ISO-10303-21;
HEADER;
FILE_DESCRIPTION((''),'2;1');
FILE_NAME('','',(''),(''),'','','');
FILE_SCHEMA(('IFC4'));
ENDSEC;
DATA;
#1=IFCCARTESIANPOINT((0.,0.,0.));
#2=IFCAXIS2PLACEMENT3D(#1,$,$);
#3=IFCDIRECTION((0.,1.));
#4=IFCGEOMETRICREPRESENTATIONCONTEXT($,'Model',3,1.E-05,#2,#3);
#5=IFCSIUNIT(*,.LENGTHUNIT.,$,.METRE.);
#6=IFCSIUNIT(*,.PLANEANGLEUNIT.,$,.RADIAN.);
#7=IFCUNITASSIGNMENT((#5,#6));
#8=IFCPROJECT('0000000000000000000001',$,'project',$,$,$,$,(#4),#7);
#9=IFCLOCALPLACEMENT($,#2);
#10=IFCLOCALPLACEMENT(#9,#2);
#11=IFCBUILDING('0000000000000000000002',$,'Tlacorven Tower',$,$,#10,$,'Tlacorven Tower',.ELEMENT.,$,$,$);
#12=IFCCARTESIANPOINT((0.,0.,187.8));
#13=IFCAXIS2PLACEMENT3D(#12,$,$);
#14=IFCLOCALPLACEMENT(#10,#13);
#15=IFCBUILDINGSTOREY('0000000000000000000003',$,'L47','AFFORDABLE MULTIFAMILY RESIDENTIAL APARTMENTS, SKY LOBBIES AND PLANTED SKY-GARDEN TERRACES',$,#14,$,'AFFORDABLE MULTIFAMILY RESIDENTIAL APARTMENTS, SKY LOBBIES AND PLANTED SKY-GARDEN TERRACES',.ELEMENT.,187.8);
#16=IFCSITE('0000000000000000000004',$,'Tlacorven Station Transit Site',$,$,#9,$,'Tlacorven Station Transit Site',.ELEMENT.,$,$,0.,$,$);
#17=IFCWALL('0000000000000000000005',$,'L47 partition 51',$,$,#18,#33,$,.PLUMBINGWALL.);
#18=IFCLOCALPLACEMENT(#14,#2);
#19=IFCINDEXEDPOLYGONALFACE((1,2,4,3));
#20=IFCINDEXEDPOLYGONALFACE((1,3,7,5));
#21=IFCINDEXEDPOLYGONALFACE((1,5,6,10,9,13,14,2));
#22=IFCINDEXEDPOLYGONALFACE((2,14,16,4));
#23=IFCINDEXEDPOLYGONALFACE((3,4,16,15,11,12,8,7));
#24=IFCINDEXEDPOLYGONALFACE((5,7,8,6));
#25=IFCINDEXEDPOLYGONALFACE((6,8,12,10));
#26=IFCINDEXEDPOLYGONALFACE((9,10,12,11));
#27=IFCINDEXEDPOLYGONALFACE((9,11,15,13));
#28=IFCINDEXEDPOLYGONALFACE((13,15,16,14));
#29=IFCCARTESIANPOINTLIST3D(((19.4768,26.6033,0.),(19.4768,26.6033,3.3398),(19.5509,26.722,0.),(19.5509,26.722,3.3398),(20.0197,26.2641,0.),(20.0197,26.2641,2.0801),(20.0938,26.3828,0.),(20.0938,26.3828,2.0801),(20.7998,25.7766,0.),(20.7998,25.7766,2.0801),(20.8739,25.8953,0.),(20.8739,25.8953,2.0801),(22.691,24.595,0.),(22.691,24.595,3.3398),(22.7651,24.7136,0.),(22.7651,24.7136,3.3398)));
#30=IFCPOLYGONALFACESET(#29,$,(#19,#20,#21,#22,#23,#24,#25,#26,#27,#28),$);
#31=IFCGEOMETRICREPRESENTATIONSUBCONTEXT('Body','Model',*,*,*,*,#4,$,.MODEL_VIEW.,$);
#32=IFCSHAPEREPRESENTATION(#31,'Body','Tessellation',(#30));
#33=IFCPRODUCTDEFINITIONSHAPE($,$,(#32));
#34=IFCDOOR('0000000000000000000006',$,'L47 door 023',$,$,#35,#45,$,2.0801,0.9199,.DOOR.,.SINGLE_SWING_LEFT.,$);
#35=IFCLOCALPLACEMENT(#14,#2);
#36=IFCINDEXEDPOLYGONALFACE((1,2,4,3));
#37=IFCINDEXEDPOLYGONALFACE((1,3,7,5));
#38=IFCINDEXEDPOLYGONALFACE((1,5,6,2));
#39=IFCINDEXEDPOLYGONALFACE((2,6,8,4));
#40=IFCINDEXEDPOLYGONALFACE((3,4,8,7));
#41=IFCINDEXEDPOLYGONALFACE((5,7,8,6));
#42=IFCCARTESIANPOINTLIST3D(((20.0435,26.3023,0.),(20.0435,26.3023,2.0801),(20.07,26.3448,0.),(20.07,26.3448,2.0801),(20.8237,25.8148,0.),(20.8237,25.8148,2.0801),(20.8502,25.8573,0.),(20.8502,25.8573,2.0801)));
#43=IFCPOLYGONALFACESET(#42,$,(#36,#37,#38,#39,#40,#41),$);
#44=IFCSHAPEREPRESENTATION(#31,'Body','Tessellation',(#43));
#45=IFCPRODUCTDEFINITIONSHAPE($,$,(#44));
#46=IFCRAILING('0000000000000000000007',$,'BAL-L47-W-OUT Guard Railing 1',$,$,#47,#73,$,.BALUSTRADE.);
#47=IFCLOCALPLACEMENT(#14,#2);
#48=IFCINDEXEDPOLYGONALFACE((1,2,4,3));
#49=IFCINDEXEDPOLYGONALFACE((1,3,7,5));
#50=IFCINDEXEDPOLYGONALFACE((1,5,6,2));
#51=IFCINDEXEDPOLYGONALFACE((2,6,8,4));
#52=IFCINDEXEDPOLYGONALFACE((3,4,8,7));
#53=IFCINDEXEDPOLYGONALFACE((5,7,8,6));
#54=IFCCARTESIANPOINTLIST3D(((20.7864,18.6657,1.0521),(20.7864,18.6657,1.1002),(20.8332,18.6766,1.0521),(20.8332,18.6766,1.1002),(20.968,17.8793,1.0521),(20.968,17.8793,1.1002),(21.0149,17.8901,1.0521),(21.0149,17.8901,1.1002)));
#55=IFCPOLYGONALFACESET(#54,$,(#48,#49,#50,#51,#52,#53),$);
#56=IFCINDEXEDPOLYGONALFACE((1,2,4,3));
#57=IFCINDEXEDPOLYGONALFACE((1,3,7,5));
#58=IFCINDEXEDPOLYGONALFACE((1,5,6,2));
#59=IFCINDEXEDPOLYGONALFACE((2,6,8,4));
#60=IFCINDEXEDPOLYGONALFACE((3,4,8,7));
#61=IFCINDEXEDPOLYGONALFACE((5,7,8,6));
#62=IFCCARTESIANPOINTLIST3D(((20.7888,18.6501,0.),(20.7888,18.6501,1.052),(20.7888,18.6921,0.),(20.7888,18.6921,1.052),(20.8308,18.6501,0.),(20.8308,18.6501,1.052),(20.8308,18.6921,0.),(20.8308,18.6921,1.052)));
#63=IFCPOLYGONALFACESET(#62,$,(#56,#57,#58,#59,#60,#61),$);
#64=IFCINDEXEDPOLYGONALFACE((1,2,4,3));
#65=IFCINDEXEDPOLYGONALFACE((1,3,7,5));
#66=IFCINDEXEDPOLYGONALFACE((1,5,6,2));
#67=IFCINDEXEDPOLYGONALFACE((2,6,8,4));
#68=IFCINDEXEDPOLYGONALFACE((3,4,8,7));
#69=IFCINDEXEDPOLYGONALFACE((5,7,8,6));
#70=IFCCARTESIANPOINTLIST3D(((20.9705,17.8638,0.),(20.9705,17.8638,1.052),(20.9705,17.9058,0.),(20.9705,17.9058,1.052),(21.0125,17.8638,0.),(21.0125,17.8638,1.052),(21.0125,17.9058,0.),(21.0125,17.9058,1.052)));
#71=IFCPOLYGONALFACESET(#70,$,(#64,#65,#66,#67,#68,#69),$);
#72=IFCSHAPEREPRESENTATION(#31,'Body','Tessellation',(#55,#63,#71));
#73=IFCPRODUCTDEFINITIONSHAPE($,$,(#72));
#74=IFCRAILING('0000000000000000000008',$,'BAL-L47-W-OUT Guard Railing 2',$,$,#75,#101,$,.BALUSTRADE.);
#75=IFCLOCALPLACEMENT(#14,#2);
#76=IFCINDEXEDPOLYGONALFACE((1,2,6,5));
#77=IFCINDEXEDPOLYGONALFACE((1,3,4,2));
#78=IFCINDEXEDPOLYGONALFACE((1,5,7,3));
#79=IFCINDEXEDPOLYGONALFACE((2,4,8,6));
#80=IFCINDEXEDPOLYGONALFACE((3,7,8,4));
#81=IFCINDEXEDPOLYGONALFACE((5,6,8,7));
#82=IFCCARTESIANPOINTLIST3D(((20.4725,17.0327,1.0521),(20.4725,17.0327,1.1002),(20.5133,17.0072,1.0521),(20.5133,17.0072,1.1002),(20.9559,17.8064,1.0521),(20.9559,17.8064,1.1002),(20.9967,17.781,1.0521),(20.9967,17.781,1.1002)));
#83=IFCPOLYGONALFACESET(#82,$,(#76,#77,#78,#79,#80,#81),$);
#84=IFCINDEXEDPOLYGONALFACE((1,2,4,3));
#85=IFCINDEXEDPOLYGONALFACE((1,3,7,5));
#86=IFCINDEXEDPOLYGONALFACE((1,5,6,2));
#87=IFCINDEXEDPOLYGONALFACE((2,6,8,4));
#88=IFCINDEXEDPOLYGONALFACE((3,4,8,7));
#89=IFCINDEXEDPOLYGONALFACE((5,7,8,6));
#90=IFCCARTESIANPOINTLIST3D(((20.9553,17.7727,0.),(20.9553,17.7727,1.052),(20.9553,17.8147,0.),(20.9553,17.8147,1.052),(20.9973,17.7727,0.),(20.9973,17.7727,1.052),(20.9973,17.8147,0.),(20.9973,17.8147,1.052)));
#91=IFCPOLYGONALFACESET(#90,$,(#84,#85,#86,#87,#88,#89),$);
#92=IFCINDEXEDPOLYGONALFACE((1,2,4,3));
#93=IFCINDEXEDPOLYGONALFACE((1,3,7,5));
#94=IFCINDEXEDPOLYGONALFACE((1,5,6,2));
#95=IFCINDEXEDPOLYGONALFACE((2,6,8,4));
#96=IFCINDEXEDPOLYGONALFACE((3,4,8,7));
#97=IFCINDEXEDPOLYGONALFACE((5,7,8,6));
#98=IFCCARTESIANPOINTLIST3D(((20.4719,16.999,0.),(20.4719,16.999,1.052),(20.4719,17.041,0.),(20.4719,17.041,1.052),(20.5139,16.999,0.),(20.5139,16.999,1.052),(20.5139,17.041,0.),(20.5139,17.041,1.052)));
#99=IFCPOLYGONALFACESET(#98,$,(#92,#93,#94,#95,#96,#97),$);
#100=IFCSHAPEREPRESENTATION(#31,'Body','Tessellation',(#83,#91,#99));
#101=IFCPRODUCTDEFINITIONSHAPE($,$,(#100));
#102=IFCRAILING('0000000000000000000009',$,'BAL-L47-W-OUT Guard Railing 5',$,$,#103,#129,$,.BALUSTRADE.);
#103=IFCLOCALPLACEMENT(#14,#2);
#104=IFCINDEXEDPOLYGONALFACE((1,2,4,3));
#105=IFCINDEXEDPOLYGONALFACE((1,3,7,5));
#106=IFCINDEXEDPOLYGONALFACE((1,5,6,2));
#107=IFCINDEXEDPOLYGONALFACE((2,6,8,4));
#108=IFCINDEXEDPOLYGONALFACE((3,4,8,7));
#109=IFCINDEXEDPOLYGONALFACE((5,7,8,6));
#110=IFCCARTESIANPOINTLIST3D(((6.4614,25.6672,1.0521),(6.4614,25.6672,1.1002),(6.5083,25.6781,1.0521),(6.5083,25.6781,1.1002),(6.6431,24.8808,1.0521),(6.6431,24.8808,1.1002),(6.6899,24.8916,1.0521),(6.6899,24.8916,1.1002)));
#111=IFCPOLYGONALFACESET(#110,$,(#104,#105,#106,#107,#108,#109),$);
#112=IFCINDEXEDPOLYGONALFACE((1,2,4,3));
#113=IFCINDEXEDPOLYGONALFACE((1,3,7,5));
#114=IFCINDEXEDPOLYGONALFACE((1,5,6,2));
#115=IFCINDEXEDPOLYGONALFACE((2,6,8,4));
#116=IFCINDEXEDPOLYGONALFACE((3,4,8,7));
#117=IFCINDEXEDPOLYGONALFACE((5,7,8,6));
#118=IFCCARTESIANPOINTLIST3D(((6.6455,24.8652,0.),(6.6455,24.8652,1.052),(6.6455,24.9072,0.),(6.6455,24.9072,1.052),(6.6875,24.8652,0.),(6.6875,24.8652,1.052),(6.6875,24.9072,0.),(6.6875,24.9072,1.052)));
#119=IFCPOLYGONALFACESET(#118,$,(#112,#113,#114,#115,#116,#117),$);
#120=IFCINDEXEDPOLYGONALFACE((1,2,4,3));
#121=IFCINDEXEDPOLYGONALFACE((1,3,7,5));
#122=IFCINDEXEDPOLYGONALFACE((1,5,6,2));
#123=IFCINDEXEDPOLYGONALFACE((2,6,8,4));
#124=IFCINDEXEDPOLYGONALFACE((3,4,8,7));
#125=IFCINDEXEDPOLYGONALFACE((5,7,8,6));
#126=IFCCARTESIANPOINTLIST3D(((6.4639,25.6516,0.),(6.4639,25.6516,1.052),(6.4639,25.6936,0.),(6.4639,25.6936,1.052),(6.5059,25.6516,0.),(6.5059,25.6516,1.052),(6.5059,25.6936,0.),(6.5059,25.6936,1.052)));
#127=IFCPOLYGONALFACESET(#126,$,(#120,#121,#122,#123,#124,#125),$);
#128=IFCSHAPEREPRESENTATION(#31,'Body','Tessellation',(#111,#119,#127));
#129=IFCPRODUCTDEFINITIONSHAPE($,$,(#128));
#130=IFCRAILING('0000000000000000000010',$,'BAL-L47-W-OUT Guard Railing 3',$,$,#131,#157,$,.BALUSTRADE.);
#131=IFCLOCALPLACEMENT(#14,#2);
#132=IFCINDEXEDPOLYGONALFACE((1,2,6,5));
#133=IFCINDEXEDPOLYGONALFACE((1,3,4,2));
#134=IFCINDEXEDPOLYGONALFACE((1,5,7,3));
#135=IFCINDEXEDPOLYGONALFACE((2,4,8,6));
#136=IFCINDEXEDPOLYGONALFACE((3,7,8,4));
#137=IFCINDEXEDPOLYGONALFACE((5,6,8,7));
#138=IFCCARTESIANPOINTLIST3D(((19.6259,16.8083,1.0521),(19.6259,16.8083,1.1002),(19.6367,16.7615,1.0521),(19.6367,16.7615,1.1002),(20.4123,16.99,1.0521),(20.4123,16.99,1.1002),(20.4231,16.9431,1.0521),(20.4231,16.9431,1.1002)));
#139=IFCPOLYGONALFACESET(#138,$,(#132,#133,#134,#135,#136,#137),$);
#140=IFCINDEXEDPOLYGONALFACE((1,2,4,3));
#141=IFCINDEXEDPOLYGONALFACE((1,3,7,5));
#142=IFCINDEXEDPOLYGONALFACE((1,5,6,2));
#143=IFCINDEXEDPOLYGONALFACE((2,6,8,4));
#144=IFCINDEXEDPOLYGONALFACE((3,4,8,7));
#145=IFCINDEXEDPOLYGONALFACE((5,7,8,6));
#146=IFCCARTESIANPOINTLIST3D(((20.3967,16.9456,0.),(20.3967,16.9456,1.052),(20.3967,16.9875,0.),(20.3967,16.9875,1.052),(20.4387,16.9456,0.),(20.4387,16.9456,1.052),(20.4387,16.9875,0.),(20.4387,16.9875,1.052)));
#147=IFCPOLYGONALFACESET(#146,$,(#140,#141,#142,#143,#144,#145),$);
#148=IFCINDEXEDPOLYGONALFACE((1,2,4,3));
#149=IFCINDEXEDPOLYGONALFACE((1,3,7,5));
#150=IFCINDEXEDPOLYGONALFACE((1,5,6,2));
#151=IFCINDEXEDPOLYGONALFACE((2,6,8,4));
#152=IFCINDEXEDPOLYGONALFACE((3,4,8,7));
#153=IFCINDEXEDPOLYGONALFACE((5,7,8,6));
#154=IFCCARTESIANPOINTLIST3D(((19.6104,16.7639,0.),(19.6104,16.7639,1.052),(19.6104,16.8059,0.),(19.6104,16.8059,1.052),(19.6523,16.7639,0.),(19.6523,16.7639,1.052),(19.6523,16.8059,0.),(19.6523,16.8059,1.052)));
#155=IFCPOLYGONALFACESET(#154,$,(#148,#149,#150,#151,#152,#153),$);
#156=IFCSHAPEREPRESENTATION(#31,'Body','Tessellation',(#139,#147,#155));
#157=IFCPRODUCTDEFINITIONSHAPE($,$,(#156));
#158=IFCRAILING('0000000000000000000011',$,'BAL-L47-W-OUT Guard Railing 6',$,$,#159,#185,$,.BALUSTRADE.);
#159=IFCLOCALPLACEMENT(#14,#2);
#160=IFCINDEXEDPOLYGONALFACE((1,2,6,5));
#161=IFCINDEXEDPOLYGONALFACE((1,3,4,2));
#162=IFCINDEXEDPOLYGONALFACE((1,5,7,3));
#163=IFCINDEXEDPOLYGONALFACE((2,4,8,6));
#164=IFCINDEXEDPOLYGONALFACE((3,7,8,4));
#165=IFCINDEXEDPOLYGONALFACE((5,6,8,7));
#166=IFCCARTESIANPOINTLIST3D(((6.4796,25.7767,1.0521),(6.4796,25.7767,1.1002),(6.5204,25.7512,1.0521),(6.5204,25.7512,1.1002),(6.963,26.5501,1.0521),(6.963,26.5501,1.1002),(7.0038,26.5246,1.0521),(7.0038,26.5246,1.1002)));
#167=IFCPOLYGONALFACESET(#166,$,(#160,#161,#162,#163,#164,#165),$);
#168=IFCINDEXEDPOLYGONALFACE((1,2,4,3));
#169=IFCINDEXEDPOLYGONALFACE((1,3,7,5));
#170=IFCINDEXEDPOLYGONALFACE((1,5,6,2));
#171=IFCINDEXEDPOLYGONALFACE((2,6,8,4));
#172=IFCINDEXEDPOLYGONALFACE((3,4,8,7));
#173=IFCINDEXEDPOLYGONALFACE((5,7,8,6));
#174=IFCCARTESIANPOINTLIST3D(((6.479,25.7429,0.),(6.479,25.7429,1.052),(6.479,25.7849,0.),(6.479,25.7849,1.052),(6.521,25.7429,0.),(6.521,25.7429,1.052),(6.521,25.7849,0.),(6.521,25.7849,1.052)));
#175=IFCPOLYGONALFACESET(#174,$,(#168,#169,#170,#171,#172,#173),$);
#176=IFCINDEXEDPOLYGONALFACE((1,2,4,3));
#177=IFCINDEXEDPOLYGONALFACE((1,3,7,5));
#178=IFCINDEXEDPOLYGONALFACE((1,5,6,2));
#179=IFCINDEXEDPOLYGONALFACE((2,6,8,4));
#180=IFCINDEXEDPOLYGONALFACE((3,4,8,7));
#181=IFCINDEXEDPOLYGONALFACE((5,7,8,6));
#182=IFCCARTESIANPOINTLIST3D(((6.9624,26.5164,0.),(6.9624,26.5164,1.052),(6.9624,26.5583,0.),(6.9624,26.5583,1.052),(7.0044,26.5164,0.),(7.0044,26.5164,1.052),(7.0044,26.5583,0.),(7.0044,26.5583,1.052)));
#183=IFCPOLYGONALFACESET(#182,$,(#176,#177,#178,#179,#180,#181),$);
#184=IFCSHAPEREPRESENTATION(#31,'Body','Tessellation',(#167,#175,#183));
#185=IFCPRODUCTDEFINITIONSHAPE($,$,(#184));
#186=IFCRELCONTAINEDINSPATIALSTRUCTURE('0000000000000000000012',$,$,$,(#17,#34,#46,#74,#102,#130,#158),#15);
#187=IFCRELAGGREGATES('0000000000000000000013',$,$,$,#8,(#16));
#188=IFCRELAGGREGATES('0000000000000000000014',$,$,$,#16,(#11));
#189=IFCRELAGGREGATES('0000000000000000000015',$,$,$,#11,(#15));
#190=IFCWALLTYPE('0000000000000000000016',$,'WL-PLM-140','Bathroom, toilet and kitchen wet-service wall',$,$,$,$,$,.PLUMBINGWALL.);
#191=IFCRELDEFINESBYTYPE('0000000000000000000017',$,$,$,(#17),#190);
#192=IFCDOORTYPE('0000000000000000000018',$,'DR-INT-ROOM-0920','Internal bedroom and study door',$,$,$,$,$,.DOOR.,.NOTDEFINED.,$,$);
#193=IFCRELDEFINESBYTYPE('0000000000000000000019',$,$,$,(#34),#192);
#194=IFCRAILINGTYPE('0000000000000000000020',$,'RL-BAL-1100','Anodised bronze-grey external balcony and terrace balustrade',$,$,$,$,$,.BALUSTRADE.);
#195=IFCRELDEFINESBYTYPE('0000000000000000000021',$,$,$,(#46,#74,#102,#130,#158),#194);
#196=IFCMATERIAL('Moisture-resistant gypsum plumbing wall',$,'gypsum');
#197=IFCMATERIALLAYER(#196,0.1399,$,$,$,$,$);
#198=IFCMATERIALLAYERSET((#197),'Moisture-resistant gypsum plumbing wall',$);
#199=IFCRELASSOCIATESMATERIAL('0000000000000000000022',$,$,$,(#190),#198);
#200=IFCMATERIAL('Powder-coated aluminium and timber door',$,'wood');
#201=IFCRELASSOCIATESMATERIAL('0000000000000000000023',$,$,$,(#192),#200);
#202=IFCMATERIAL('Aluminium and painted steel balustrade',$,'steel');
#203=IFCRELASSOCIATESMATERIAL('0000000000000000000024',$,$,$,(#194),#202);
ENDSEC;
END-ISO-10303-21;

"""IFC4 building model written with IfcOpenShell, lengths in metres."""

from ifc_helpers import new_model, si_unit, direction, frame, frame_2d, origin, origin_2d, place, context, subcontext, project, spatial, rectangle, extrude, source, transform, mapped, material, layer, layer_set, type_object, element, fill, save


model = new_model("IFC4")

# Units and contexts
model_context = context("Model", 3, precision=1e-05, world=origin(), true_north=direction((0.0, 1.0)))
body_context = subcontext(model_context, "Body", "Model", "MODEL_VIEW")
ifc_project = project(units=[si_unit("LENGTHUNIT", "METRE"), si_unit("PLANEANGLEUNIT", "RADIAN")], contexts=[model_context])

# Site, building, storey
site_placement = place(None, origin())
site = spatial("IfcSite", under=ifc_project, at=site_placement, Name="Tlacorven Station Transit Site", LongName="Tlacorven Station Transit Site", CompositionType="ELEMENT", RefElevation=0.0)
building_placement = place(site_placement, origin())
building = spatial("IfcBuilding", under=site, at=building_placement, Name="Tlacorven Tower", LongName="Tlacorven Tower", CompositionType="ELEMENT")
storey_placement = place(building_placement, frame((0.0, 0.0, 187.8)))
storey = spatial("IfcBuildingStorey", under=building, at=storey_placement, Name="L47", Description="AFFORDABLE MULTIFAMILY RESIDENTIAL APARTMENTS, SKY LOBBIES AND PLANTED SKY-GARDEN TERRACES", LongName="AFFORDABLE MULTIFAMILY RESIDENTIAL APARTMENTS, SKY LOBBIES AND PLANTED SKY-GARDEN TERRACES", CompositionType="ELEMENT", Elevation=187.8)

# Wall, opening, door
ifc_material_1 = material(Name="Moisture-resistant gypsum plumbing wall", Category="gypsum")
ifc_layer_1 = layer(ifc_material_1, 0.1399)
ifc_layer_set_1 = layer_set([ifc_layer_1], Name="Moisture-resistant gypsum plumbing wall")
wall_type = type_object("IfcWallType", Name="WL-PLM-140", Description="Bathroom, toilet and kitchen wet-service wall", PredefinedType="PLUMBINGWALL", material=ifc_layer_set_1)
wall_placement = place(storey_placement, frame((22.728, 24.6543, 0.0), z_axis=(0.0, 0.0, 1.0), x_axis=(-0.84806, 0.529901, 0.0)))
wall = element("IfcWall", 1, at=wall_placement, inside=storey, type_object=wall_type, Name="L47 partition 51", PredefinedType="PLUMBINGWALL", context=body_context, shape_type="SweptSolid", body=[
    extrude(rectangle(XDim=3.79, YDim=0.1399, at=frame_2d((1.895, 0.0))), origin(), (0.0, 0.0, 1.0), 3.3398),
])
opening_placement = place(wall_placement, frame((2.23, 0.0, 0.0)))
opening = element("IfcOpeningElement", 2, at=opening_placement, cuts=wall, PredefinedType="OPENING", context=body_context, shape_type="SweptSolid", body=[
    extrude(rectangle(XDim=0.9199, YDim=2.0801, at=frame_2d((0.46, 1.04))), frame((0.0, 0.0801, 0.0), z_axis=(0.0, -1.0, 0.0), x_axis=(1.0, 0.0, 0.0)), (0.0, 0.0, 1.0), 0.1599),
])
ifc_material_2 = material(Name="Powder-coated aluminium and timber door", Category="wood")
door_type = type_object("IfcDoorType", Name="DR-INT-ROOM-0920", Description="Internal bedroom and study door", OperationType="NOTDEFINED", PredefinedType="DOOR", material=ifc_material_2)
shared_shape_1 = source(origin(), body_context, "Body", "SweptSolid", [
    extrude(rectangle(XDim=0.9199, YDim=2.0801, at=frame_2d((0.46, 1.04))), frame((0.0, 0.0249, 0.0), z_axis=(0.0, -1.0, 0.0), x_axis=(1.0, 0.0, 0.0)), (0.0, 0.0, 1.0), 0.05),
])
door_placement = place(opening_placement, origin())
door = element("IfcDoor", 3, at=door_placement, inside=storey, type_object=door_type, Name="L47 door 023", OperationType="SINGLE_SWING_LEFT", OverallHeight=2.0801, OverallWidth=0.9199, PredefinedType="DOOR", context=body_context, shape_type="MappedRepresentation", body=[
    mapped(shared_shape_1, transform((0.0, 0.0, 0.0), scale=1.0)),
])
fill(opening, door)

# Railings
ifc_material_3 = material(Name="Aluminium and painted steel balustrade", Category="steel")
railing_type = type_object("IfcRailingType", Name="RL-BAL-1100", Description="Anodised bronze-grey external balcony and terrace balustrade", PredefinedType="BALUSTRADE", material=ifc_material_3)
shared_shape_2 = source(origin(), body_context, "Body", "SweptSolid", [
    extrude(rectangle(XDim=0.0481, YDim=0.0481, at=origin_2d()), frame((0.0, 0.0, 1.0762), z_axis=(0.225058, -0.974345, 0.0), x_axis=(0.974345, 0.225058, 0.0)), (0.0, 0.0, 1.0), 0.8071),
    extrude(rectangle(XDim=0.042, YDim=0.042, at=origin_2d()), origin(), (0.0, 0.0, 1.0), 1.052),
    extrude(rectangle(XDim=0.042, YDim=0.042, at=origin_2d()), frame((0.1816, -0.7864, 0.0)), (0.0, 0.0, 1.0), 1.052),
])
railing_1_placement = place(storey_placement, frame((20.8098, 18.6711, 0.0)))
element("IfcRailing", 4, at=railing_1_placement, inside=storey, type_object=railing_type, Name="BAL-L47-W-OUT Guard Railing 1", PredefinedType="BALUSTRADE", context=body_context, shape_type="MappedRepresentation", body=[
    mapped(shared_shape_2, transform((0.0, 0.0, 0.0), scale=1.0)),
])
shared_shape_3 = source(origin(), body_context, "Body", "SweptSolid", [
    extrude(rectangle(XDim=0.0481, YDim=0.0481, at=origin_2d()), frame((0.0, 0.0, 1.0762), z_axis=(-0.529879, -0.848073, 0.0), x_axis=(0.848073, -0.529879, 0.0)), (0.0, 0.0, 1.0), 0.9124),
    extrude(rectangle(XDim=0.042, YDim=0.042, at=origin_2d()), origin(), (0.0, 0.0, 1.0), 1.052),
    extrude(rectangle(XDim=0.042, YDim=0.042, at=origin_2d()), frame((-0.4834, -0.7737, 0.0)), (0.0, 0.0, 1.0), 1.052),
])
railing_2_placement = place(storey_placement, frame((20.9763, 17.7937, 0.0)))
element("IfcRailing", 5, at=railing_2_placement, inside=storey, type_object=railing_type, Name="BAL-L47-W-OUT Guard Railing 2", PredefinedType="BALUSTRADE", context=body_context, shape_type="MappedRepresentation", body=[
    mapped(shared_shape_3, transform((0.0, 0.0, 0.0), scale=1.0)),
])
shared_shape_4 = source(origin(), body_context, "Body", "SweptSolid", [
    extrude(rectangle(XDim=0.0481, YDim=0.0481, at=origin_2d()), frame((0.0, 0.0, 1.0762), z_axis=(-0.225058, 0.974345, 0.0), x_axis=(-0.974345, -0.225058, 0.0)), (0.0, 0.0, 1.0), 0.8071),
    extrude(rectangle(XDim=0.042, YDim=0.042, at=origin_2d()), origin(), (0.0, 0.0, 1.0), 1.052),
    extrude(rectangle(XDim=0.042, YDim=0.042, at=origin_2d()), frame((-0.1816, 0.7864, 0.0)), (0.0, 0.0, 1.0), 1.052),
])
railing_3_placement = place(storey_placement, frame((6.6665, 24.8862, 0.0)))
element("IfcRailing", 6, at=railing_3_placement, inside=storey, type_object=railing_type, Name="BAL-L47-W-OUT Guard Railing 5", PredefinedType="BALUSTRADE", context=body_context, shape_type="MappedRepresentation", body=[
    mapped(shared_shape_4, transform((0.0, 0.0, 0.0), scale=1.0)),
])
shared_shape_5 = source(origin(), body_context, "Body", "SweptSolid", [
    extrude(rectangle(XDim=0.0481, YDim=0.0481, at=origin_2d()), frame((0.0, 0.0, 1.0762), z_axis=(-0.974345, -0.225058, 0.0), x_axis=(0.225058, -0.974345, 0.0)), (0.0, 0.0, 1.0), 0.8071),
    extrude(rectangle(XDim=0.042, YDim=0.042, at=origin_2d()), origin(), (0.0, 0.0, 1.0), 1.052),
    extrude(rectangle(XDim=0.042, YDim=0.042, at=origin_2d()), frame((-0.7864, -0.1816, 0.0)), (0.0, 0.0, 1.0), 1.052),
])
railing_4_placement = place(storey_placement, frame((20.4177, 16.9666, 0.0)))
element("IfcRailing", 7, at=railing_4_placement, inside=storey, type_object=railing_type, Name="BAL-L47-W-OUT Guard Railing 3", PredefinedType="BALUSTRADE", context=body_context, shape_type="MappedRepresentation", body=[
    mapped(shared_shape_5, transform((0.0, 0.0, 0.0), scale=1.0)),
])
shared_shape_6 = source(origin(), body_context, "Body", "SweptSolid", [
    extrude(rectangle(XDim=0.0481, YDim=0.0481, at=origin_2d()), frame((0.0, 0.0, 1.0762), z_axis=(0.529999, 0.847998, 0.0), x_axis=(-0.847998, 0.529999, 0.0)), (0.0, 0.0, 1.0), 0.9121),
    extrude(rectangle(XDim=0.042, YDim=0.042, at=origin_2d()), origin(), (0.0, 0.0, 1.0), 1.052),
    extrude(rectangle(XDim=0.042, YDim=0.042, at=origin_2d()), frame((0.4834, 0.7734, 0.0)), (0.0, 0.0, 1.0), 1.052),
])
railing_5_placement = place(storey_placement, frame((6.5, 25.7639, 0.0)))
element("IfcRailing", 8, at=railing_5_placement, inside=storey, type_object=railing_type, Name="BAL-L47-W-OUT Guard Railing 6", PredefinedType="BALUSTRADE", context=body_context, shape_type="MappedRepresentation", body=[
    mapped(shared_shape_6, transform((0.0, 0.0, 0.0), scale=1.0)),
])

save(model, "model.ifc")
